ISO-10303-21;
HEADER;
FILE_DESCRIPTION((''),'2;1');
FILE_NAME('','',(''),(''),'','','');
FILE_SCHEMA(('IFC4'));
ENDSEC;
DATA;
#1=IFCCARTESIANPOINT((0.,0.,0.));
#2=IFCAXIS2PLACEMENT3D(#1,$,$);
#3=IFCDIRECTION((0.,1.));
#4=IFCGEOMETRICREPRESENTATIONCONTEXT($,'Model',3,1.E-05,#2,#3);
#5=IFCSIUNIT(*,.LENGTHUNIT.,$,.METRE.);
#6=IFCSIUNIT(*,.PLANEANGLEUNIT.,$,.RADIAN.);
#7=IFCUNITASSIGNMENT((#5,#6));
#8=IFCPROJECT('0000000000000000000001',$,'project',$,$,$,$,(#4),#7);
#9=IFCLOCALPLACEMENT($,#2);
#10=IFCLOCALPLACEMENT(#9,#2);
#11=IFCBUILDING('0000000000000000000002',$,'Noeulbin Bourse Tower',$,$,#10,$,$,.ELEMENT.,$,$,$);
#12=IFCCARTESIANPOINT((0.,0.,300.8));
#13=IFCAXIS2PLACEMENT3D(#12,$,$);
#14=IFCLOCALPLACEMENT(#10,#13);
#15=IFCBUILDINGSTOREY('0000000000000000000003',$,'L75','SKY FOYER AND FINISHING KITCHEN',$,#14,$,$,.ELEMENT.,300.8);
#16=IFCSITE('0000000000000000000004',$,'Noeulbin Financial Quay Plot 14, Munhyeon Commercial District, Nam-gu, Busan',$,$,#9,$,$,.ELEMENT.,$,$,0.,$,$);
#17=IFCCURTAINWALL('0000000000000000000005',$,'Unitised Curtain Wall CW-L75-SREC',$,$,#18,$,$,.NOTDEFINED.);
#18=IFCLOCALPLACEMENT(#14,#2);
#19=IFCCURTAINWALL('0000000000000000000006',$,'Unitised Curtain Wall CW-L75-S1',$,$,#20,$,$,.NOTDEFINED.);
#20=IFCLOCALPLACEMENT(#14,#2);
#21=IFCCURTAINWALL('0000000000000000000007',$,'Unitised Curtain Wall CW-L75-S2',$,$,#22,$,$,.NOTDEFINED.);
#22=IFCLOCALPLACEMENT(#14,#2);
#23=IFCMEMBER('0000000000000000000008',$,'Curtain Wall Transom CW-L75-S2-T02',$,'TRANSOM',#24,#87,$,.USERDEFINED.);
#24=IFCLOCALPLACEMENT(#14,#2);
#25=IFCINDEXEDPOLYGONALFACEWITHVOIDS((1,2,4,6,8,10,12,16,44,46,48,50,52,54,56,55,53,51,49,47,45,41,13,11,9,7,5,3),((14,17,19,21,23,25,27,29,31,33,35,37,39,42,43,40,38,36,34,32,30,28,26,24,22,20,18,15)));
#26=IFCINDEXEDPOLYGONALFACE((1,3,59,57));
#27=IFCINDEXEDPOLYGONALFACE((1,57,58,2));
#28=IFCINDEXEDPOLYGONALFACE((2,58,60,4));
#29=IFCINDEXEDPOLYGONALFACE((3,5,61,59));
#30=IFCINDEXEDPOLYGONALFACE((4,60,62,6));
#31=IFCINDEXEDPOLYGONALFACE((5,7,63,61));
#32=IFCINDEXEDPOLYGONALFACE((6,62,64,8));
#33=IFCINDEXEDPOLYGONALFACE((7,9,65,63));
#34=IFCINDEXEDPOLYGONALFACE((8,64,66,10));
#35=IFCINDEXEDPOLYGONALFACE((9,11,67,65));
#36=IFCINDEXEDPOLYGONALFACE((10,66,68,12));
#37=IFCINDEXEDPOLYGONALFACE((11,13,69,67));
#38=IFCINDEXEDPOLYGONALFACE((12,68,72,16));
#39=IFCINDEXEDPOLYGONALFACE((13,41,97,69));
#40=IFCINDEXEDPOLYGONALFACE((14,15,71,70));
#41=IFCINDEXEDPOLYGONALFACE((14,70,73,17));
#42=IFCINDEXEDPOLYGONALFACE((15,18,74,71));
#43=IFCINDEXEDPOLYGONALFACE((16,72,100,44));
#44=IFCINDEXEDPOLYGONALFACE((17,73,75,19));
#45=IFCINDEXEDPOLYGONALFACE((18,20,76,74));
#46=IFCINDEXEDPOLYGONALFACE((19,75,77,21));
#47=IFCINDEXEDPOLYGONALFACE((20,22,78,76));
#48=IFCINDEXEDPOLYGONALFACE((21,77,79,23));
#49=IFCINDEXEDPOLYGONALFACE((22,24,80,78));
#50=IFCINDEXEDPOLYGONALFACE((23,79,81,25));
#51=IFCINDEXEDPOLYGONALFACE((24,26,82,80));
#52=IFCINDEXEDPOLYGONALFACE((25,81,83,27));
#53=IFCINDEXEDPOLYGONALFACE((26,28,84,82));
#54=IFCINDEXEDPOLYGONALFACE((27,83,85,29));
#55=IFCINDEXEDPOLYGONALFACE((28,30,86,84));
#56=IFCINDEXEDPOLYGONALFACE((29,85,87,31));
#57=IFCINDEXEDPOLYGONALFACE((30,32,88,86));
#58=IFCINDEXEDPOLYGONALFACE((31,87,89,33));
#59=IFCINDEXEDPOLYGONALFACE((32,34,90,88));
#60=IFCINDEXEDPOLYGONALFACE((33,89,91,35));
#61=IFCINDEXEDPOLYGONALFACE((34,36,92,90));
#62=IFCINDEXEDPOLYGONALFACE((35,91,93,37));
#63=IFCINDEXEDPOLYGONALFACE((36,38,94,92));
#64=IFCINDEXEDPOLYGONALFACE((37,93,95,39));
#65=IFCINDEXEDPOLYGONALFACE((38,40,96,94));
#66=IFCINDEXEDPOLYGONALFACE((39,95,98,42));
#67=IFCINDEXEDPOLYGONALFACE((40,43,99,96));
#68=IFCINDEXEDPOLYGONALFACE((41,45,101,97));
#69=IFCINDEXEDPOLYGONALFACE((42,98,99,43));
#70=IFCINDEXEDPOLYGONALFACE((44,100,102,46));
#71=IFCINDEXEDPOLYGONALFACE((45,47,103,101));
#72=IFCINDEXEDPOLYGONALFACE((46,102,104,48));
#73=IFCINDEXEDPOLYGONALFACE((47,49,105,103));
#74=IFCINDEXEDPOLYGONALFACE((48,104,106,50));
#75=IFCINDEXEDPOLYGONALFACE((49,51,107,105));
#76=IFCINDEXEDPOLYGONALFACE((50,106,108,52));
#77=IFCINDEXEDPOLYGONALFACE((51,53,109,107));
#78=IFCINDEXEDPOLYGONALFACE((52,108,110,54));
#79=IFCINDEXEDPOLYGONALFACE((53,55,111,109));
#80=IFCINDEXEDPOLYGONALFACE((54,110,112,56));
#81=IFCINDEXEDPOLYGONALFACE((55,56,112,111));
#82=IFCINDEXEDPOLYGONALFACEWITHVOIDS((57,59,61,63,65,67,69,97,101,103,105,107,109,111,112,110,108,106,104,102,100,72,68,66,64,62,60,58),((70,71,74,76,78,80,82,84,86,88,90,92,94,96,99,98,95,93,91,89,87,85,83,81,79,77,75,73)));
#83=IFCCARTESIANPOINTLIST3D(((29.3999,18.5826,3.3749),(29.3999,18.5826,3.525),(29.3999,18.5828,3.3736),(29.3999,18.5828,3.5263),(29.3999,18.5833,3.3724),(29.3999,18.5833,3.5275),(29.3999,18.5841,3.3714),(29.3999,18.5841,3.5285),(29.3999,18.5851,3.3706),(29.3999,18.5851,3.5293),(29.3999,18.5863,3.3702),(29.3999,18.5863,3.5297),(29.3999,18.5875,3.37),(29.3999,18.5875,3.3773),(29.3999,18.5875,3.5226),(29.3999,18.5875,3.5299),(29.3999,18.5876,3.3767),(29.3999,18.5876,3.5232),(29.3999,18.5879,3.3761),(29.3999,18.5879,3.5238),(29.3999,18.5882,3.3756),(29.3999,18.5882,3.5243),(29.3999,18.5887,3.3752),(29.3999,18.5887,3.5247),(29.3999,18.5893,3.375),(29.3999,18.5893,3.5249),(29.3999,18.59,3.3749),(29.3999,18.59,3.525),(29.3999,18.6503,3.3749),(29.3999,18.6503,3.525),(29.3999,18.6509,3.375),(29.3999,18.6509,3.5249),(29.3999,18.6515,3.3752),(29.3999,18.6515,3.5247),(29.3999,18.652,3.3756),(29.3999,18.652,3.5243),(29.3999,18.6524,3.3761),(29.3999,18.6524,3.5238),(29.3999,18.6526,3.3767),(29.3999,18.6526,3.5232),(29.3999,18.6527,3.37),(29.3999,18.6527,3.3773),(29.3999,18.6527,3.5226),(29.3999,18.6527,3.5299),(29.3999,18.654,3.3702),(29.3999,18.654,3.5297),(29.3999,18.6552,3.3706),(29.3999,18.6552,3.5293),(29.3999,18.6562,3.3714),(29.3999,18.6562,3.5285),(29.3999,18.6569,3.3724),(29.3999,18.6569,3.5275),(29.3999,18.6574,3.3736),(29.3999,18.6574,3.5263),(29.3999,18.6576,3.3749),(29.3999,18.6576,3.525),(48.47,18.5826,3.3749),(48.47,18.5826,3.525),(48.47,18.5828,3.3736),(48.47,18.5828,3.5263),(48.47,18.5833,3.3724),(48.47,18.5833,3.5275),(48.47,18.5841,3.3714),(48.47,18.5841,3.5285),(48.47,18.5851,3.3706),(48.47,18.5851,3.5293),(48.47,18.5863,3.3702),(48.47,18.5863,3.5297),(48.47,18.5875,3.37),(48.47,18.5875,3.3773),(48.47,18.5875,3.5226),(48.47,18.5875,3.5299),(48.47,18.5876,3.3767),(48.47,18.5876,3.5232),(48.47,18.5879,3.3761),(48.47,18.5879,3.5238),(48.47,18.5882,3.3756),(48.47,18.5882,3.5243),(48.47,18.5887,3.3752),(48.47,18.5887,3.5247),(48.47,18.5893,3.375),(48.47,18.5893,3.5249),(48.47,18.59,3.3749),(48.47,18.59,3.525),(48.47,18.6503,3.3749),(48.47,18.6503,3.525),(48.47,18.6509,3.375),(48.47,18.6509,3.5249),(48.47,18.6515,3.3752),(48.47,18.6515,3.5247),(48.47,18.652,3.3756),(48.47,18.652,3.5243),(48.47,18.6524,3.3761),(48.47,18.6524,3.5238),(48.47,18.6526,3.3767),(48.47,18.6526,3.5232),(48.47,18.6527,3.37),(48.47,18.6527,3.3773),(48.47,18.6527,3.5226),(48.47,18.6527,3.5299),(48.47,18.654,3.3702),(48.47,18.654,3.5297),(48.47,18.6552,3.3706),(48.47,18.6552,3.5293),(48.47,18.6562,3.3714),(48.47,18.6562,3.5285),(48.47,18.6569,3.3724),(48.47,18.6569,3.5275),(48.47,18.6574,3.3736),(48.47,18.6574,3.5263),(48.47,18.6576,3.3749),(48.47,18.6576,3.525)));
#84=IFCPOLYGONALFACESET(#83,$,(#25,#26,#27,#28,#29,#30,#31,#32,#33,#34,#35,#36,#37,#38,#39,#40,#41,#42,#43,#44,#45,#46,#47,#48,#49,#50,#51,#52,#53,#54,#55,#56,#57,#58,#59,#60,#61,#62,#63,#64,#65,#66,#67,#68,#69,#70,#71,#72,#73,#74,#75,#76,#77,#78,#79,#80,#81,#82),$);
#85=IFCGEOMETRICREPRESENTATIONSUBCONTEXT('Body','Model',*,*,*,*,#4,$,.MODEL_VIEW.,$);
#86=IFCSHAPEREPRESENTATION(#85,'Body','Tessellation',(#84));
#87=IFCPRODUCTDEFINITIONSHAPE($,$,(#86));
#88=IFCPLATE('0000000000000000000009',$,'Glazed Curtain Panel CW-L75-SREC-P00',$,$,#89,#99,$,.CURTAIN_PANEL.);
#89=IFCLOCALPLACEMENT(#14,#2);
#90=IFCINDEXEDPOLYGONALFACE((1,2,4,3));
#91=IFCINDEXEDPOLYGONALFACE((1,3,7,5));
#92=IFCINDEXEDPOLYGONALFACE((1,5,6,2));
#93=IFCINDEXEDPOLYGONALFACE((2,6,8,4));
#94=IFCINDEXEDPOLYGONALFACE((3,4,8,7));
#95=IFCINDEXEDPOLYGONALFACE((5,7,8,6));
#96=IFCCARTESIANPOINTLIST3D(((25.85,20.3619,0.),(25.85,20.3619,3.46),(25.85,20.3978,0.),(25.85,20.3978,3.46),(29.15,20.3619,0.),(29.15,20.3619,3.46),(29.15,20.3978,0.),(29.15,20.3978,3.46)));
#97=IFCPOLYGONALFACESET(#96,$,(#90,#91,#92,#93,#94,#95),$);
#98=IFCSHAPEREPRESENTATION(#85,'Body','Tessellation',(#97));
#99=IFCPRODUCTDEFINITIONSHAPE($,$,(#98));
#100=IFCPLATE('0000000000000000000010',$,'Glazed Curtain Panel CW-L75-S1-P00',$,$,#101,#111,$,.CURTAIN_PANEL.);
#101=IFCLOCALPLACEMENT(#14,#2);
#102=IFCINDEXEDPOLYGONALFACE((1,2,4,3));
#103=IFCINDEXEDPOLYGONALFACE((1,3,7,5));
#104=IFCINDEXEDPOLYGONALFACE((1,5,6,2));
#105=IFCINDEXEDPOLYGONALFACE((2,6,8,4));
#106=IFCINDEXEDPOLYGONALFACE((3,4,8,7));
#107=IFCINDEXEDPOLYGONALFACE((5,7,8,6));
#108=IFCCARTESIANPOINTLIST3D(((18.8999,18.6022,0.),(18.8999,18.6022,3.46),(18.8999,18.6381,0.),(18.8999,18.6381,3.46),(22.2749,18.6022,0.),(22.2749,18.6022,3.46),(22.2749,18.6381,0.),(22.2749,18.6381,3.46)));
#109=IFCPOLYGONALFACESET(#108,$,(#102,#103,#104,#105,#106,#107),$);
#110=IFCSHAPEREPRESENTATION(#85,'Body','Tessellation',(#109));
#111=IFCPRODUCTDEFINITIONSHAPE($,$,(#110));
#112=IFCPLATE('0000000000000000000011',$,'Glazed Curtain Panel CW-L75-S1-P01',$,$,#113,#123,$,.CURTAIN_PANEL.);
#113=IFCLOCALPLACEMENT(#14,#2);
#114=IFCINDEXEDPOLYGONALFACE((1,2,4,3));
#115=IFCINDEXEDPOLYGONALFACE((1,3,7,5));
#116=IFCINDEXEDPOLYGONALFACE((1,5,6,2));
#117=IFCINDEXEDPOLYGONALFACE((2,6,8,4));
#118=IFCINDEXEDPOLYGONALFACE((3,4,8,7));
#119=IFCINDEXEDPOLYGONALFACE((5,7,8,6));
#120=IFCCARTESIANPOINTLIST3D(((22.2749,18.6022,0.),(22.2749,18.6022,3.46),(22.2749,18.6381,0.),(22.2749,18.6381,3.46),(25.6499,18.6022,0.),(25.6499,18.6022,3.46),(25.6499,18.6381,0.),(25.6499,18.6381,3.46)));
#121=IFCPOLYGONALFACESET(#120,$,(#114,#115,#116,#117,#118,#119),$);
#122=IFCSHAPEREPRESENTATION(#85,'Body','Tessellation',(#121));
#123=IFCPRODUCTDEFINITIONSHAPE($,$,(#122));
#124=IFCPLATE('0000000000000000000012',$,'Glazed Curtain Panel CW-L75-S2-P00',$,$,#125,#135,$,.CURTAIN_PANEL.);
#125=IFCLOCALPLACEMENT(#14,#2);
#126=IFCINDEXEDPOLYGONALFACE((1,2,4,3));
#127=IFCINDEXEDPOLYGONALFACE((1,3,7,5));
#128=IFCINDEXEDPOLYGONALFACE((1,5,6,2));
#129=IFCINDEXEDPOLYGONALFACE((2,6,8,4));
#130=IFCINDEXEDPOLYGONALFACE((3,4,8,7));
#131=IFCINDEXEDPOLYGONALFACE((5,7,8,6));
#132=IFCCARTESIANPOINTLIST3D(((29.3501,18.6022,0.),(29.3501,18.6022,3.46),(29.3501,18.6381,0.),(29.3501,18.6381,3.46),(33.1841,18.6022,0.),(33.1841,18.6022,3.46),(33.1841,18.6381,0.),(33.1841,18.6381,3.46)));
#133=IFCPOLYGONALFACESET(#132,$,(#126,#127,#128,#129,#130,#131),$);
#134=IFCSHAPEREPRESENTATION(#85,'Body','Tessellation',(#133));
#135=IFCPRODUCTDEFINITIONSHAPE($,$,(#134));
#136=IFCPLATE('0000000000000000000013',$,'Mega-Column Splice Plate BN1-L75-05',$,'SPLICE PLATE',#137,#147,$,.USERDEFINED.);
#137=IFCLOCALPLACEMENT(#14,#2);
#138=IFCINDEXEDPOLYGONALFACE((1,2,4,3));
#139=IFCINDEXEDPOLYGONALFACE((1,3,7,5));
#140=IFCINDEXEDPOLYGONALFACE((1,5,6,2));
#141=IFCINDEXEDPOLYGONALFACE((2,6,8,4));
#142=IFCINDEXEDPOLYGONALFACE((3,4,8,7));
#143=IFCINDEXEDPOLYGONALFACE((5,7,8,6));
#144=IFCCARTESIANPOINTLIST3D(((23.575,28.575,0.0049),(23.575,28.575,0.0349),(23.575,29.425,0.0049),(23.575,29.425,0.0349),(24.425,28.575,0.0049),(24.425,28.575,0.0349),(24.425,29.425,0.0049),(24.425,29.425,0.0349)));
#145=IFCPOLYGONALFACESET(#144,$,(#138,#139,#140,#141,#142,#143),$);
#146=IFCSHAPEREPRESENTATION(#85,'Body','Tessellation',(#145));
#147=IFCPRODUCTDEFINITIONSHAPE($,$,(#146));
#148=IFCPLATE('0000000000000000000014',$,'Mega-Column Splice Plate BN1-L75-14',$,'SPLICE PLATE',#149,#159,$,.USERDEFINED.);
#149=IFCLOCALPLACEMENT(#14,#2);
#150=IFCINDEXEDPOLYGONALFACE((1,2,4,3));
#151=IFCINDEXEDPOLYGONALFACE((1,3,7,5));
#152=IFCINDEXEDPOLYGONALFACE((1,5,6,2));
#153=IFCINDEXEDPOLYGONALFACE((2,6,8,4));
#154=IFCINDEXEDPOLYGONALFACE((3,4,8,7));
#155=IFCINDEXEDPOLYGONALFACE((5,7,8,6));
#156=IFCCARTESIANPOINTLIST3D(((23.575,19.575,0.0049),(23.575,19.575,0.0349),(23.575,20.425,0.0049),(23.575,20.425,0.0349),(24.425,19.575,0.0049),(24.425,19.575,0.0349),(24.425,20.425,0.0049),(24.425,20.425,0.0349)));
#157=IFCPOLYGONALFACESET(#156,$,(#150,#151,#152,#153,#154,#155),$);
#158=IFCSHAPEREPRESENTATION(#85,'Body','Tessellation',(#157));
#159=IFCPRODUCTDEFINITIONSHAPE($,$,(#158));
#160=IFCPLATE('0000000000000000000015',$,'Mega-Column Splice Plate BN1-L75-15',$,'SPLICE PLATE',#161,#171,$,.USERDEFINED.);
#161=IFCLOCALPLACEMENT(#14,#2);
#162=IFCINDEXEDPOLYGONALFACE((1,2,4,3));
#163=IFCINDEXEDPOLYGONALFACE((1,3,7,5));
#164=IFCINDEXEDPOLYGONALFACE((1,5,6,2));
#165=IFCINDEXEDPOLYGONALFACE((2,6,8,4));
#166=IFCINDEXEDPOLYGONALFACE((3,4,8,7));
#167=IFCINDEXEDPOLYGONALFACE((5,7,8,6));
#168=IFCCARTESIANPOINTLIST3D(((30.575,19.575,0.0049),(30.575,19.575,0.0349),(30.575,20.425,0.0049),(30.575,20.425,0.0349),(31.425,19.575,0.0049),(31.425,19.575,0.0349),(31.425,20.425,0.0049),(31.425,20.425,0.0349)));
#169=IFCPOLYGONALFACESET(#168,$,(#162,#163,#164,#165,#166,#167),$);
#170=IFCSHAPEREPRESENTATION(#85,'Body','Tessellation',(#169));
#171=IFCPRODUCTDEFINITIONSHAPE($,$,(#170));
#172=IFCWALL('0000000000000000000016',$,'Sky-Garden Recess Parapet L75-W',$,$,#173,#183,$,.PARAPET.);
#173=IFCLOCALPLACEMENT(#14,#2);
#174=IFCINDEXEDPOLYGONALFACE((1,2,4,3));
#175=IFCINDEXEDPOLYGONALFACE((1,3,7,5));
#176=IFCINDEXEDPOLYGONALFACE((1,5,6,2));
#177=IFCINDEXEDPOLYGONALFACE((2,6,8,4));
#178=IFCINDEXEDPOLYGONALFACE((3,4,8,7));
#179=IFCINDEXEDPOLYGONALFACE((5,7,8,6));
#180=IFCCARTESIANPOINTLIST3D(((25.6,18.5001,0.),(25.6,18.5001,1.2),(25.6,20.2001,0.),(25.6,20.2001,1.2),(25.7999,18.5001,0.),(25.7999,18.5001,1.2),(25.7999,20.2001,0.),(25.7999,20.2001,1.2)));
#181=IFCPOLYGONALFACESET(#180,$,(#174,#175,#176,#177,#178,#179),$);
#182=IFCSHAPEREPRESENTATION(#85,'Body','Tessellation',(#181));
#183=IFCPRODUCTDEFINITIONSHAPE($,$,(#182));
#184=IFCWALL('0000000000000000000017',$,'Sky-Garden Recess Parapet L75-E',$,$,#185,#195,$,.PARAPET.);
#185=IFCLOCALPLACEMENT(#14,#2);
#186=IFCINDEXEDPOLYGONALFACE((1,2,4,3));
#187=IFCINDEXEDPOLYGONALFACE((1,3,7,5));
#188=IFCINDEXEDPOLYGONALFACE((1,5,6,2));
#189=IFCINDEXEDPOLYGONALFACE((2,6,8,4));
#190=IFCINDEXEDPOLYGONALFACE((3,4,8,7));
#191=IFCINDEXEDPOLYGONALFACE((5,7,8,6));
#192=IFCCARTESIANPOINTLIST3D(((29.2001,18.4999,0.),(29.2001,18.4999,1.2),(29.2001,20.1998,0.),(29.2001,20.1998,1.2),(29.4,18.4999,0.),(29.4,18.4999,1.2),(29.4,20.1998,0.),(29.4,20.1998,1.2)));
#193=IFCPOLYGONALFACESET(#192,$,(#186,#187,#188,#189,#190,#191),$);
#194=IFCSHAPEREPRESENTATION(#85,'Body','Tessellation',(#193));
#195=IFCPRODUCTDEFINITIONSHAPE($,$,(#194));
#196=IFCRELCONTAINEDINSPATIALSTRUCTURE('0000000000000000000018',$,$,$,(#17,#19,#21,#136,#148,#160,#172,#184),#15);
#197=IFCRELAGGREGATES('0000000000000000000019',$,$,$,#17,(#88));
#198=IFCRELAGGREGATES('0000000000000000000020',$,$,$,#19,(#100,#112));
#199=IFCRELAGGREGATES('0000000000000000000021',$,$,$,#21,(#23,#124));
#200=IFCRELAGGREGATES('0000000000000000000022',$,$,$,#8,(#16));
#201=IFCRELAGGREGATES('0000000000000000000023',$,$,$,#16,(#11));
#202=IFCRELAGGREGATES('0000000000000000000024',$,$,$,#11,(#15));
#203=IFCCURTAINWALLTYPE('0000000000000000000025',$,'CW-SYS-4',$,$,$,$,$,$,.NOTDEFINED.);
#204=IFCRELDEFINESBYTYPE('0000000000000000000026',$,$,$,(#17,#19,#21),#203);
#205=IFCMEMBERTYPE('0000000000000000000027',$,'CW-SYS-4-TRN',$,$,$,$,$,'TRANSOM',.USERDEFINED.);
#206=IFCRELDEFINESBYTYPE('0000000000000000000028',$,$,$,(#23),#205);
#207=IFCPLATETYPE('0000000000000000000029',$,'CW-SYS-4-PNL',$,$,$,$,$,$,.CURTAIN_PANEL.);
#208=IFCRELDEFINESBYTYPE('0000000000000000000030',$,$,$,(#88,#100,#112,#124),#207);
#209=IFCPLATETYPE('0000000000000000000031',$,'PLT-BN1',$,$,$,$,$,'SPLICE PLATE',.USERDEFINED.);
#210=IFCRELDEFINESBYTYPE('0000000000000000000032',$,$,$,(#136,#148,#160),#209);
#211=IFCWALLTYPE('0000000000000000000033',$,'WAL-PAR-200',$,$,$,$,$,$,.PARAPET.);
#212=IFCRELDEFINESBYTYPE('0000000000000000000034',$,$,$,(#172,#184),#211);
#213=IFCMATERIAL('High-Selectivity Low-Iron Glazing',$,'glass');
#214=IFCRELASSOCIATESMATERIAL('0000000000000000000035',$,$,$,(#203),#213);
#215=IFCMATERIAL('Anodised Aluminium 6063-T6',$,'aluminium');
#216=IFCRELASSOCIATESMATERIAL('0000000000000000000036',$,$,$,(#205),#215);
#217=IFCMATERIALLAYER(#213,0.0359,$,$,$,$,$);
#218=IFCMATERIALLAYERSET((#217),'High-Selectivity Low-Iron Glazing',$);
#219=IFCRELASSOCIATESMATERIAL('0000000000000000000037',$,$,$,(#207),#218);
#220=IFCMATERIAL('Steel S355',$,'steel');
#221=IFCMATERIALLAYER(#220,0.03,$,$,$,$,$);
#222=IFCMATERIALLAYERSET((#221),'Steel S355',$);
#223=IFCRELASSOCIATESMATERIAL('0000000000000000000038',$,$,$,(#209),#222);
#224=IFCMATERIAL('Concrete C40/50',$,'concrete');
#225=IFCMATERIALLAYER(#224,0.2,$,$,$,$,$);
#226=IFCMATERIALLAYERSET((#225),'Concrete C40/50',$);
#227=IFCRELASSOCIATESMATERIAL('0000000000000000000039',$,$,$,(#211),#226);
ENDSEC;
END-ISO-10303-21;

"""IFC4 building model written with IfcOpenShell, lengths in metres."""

from ifc_helpers import new_model, si_unit, direction, frame, frame_2d, origin, origin_2d, place, context, subcontext, project, spatial, rectangle, hollow_rectangle, extrude, material, layer, layer_set, material_profile, profile_set, type_object, element, aggregate, save


model = new_model("IFC4")

# Units and contexts
model_context = context("Model", 3, precision=1e-05, world=origin(), true_north=direction((0.0, 1.0)))
body_context = subcontext(model_context, "Body", "Model", "MODEL_VIEW")
ifc_project = project(units=[si_unit("LENGTHUNIT", "METRE"), si_unit("PLANEANGLEUNIT", "RADIAN")], contexts=[model_context])

# Site, building, storey
site_placement = place(None, origin())
site = spatial("IfcSite", under=ifc_project, at=site_placement, Name="Noeulbin Financial Quay Plot 14, Munhyeon Commercial District, Nam-gu, Busan", CompositionType="ELEMENT", RefElevation=0.0)
building_placement = place(site_placement, origin())
building = spatial("IfcBuilding", under=site, at=building_placement, Name="Noeulbin Bourse Tower", CompositionType="ELEMENT")
storey_placement = place(building_placement, frame((0.0, 0.0, 300.8)))
storey = spatial("IfcBuildingStorey", under=building, at=storey_placement, Name="L75", Description="SKY FOYER AND FINISHING KITCHEN", CompositionType="ELEMENT", Elevation=300.8)

# Shared definitions
ifc_material_1 = material(Name="Steel S355", Category="steel")

# Curtain walls
ifc_material_2 = material(Name="High-Selectivity Low-Iron Glazing", Category="glass")
curtain_wall_type = type_object("IfcCurtainWallType", Name="CW-SYS-4", PredefinedType="NOTDEFINED", material=ifc_material_2)
curtain_wall_1_placement = place(storey_placement, origin())
curtain_wall_1 = element("IfcCurtainWall", 1, at=curtain_wall_1_placement, inside=storey, type_object=curtain_wall_type, Name="Unitised Curtain Wall CW-L75-SREC", PredefinedType="NOTDEFINED")
ifc_material_3 = material(Name="Anodised Aluminium 6063-T6", Category="aluminium")
curtain_wall_2_placement = place(storey_placement, origin())
curtain_wall_2 = element("IfcCurtainWall", 2, at=curtain_wall_2_placement, inside=storey, type_object=curtain_wall_type, Name="Unitised Curtain Wall CW-L75-S1", PredefinedType="NOTDEFINED")

# Curtain wall
curtain_wall_3_placement = place(storey_placement, origin())
curtain_wall_3 = element("IfcCurtainWall", 3, at=curtain_wall_3_placement, inside=storey, type_object=curtain_wall_type, Name="Unitised Curtain Wall CW-L75-S2", PredefinedType="NOTDEFINED")

# Member
ifc_material_profile_1 = material_profile(ifc_material_3, hollow_rectangle(XDim=0.075, YDim=0.1599, WallThickness=0.0049, InnerFilletRadius=0.0024, OuterFilletRadius=0.0049, at=origin_2d()), Name="ALU-TRAN-75x160x5", Category="LoadBearing")
ifc_profile_set_1 = profile_set([ifc_material_profile_1], Name="Anodised Aluminium 6063-T6")
member_type_1 = type_object("IfcMemberType", Name="CW-SYS-4-TRN", ElementType="TRANSOM", PredefinedType="USERDEFINED", material=ifc_profile_set_1)
member_1_placement = place(storey_placement, frame((29.3999, 18.6201, 3.45), z_axis=(1.0, 0.0, 0.0), x_axis=(0.0, 1.0, 0.0)))
member_1 = element("IfcMember", 4, at=member_1_placement, type_object=member_type_1, Name="Curtain Wall Transom CW-L75-S2-T02", ObjectType="TRANSOM", PredefinedType="USERDEFINED", context=body_context, shape_type="SweptSolid", body=[
    extrude(hollow_rectangle(XDim=0.075, YDim=0.1599, WallThickness=0.0049, InnerFilletRadius=0.0024, OuterFilletRadius=0.0049, at=origin_2d()), origin(), (0.0, 0.0, 1.0), 19.0701),
])

# Plates
ifc_layer_1 = layer(ifc_material_2, 0.0359)
ifc_layer_set_1 = layer_set([ifc_layer_1], Name="High-Selectivity Low-Iron Glazing")
plate_type_1 = type_object("IfcPlateType", Name="CW-SYS-4-PNL", PredefinedType="CURTAIN_PANEL", material=ifc_layer_set_1)
plate_1_placement = place(storey_placement, frame((27.5, 20.3799, 0.0), z_axis=(0.0, 0.0, 1.0), x_axis=(1.0, 0.0, 0.0)))
plate_1 = element("IfcPlate", 5, at=plate_1_placement, type_object=plate_type_1, Name="Glazed Curtain Panel CW-L75-SREC-P00", PredefinedType="CURTAIN_PANEL", context=body_context, shape_type="SweptSolid", body=[
    extrude(rectangle(XDim=3.3, YDim=0.0359, at=origin_2d()), origin(), (0.0, 0.0, 1.0), 3.46),
])
aggregate(curtain_wall_1, [plate_1])
plate_2_placement = place(storey_placement, frame((20.5874, 18.6201, 0.0), z_axis=(0.0, 0.0, 1.0), x_axis=(1.0, 0.0, 0.0)))
plate_2 = element("IfcPlate", 6, at=plate_2_placement, type_object=plate_type_1, Name="Glazed Curtain Panel CW-L75-S1-P00", PredefinedType="CURTAIN_PANEL", context=body_context, shape_type="SweptSolid", body=[
    extrude(rectangle(XDim=3.375, YDim=0.0359, at=origin_2d()), origin(), (0.0, 0.0, 1.0), 3.46),
])
plate_3_placement = place(storey_placement, frame((23.9624, 18.6201, 0.0), z_axis=(0.0, 0.0, 1.0), x_axis=(1.0, 0.0, 0.0)))
plate_3 = element("IfcPlate", 7, at=plate_3_placement, type_object=plate_type_1, Name="Glazed Curtain Panel CW-L75-S1-P01", PredefinedType="CURTAIN_PANEL", context=body_context, shape_type="SweptSolid", body=[
    extrude(rectangle(XDim=3.375, YDim=0.0359, at=origin_2d()), origin(), (0.0, 0.0, 1.0), 3.46),
])
aggregate(curtain_wall_2, [plate_2, plate_3])
plate_4_placement = place(storey_placement, frame((31.2671, 18.6201, 0.0), z_axis=(0.0, 0.0, 1.0), x_axis=(1.0, 0.0, 0.0)))
plate_4 = element("IfcPlate", 8, at=plate_4_placement, type_object=plate_type_1, Name="Glazed Curtain Panel CW-L75-S2-P00", PredefinedType="CURTAIN_PANEL", context=body_context, shape_type="SweptSolid", body=[
    extrude(rectangle(XDim=3.834, YDim=0.0359, at=origin_2d()), origin(), (0.0, 0.0, 1.0), 3.46),
])
aggregate(curtain_wall_3, [member_1, plate_4])

# Plates
ifc_layer_2 = layer(ifc_material_1, 0.03)
ifc_layer_set_2 = layer_set([ifc_layer_2], Name="Steel S355")
plate_type_2 = type_object("IfcPlateType", Name="PLT-BN1", ElementType="SPLICE PLATE", PredefinedType="USERDEFINED", material=ifc_layer_set_2)
for number, where, z_axis, x_axis, name in (
    (9, (24.0, 29.0, 0.0049), (0.0, 0.0, 1.0), (1.0, 0.0, 0.0), "Mega-Column Splice Plate BN1-L75-05"),
    (10, (24.0, 20.0, 0.0049), (0.0, 0.0, 1.0), (1.0, 0.0, 0.0), "Mega-Column Splice Plate BN1-L75-14"),
    (11, (31.0, 20.0, 0.0049), (0.0, 0.0, 1.0), (1.0, 0.0, 0.0), "Mega-Column Splice Plate BN1-L75-15"),
):
    element("IfcPlate", number, at=place(storey_placement, frame(where, z_axis=z_axis, x_axis=x_axis)), inside=storey, type_object=plate_type_2, Name=name, ObjectType="SPLICE PLATE", PredefinedType="USERDEFINED", context=body_context, shape_type="SweptSolid", body=[
        extrude(rectangle(XDim=0.8501, YDim=0.8501, at=origin_2d()), origin(), (0.0, 0.0, 1.0), 0.03),
    ])

# Walls
ifc_material_4 = material(Name="Concrete C40/50", Category="concrete")
ifc_layer_3 = layer(ifc_material_4, 0.2)
ifc_layer_set_3 = layer_set([ifc_layer_3], Name="Concrete C40/50")
wall_type_1 = type_object("IfcWallType", Name="WAL-PAR-200", PredefinedType="PARAPET", material=ifc_layer_set_3)
for number, where, z_axis, x_axis, name in (
    (12, (25.7, 18.5, 0.0), (0.0, 0.0, 1.0), (0.0, 1.0, 0.0), "Sky-Garden Recess Parapet L75-W"),
    (13, (29.3, 20.2, 0.0), (0.0, 0.0, 1.0), (0.0, -1.0, 0.0), "Sky-Garden Recess Parapet L75-E"),
):
    element("IfcWall", number, at=place(storey_placement, frame(where, z_axis=z_axis, x_axis=x_axis)), inside=storey, type_object=wall_type_1, Name=name, PredefinedType="PARAPET", context=body_context, shape_type="SweptSolid", body=[
        extrude(rectangle(XDim=1.7, YDim=0.2, at=frame_2d((0.8501, 0.0))), origin(), (0.0, 0.0, 1.0), 1.2),
    ])

save(model, "model.ifc")
